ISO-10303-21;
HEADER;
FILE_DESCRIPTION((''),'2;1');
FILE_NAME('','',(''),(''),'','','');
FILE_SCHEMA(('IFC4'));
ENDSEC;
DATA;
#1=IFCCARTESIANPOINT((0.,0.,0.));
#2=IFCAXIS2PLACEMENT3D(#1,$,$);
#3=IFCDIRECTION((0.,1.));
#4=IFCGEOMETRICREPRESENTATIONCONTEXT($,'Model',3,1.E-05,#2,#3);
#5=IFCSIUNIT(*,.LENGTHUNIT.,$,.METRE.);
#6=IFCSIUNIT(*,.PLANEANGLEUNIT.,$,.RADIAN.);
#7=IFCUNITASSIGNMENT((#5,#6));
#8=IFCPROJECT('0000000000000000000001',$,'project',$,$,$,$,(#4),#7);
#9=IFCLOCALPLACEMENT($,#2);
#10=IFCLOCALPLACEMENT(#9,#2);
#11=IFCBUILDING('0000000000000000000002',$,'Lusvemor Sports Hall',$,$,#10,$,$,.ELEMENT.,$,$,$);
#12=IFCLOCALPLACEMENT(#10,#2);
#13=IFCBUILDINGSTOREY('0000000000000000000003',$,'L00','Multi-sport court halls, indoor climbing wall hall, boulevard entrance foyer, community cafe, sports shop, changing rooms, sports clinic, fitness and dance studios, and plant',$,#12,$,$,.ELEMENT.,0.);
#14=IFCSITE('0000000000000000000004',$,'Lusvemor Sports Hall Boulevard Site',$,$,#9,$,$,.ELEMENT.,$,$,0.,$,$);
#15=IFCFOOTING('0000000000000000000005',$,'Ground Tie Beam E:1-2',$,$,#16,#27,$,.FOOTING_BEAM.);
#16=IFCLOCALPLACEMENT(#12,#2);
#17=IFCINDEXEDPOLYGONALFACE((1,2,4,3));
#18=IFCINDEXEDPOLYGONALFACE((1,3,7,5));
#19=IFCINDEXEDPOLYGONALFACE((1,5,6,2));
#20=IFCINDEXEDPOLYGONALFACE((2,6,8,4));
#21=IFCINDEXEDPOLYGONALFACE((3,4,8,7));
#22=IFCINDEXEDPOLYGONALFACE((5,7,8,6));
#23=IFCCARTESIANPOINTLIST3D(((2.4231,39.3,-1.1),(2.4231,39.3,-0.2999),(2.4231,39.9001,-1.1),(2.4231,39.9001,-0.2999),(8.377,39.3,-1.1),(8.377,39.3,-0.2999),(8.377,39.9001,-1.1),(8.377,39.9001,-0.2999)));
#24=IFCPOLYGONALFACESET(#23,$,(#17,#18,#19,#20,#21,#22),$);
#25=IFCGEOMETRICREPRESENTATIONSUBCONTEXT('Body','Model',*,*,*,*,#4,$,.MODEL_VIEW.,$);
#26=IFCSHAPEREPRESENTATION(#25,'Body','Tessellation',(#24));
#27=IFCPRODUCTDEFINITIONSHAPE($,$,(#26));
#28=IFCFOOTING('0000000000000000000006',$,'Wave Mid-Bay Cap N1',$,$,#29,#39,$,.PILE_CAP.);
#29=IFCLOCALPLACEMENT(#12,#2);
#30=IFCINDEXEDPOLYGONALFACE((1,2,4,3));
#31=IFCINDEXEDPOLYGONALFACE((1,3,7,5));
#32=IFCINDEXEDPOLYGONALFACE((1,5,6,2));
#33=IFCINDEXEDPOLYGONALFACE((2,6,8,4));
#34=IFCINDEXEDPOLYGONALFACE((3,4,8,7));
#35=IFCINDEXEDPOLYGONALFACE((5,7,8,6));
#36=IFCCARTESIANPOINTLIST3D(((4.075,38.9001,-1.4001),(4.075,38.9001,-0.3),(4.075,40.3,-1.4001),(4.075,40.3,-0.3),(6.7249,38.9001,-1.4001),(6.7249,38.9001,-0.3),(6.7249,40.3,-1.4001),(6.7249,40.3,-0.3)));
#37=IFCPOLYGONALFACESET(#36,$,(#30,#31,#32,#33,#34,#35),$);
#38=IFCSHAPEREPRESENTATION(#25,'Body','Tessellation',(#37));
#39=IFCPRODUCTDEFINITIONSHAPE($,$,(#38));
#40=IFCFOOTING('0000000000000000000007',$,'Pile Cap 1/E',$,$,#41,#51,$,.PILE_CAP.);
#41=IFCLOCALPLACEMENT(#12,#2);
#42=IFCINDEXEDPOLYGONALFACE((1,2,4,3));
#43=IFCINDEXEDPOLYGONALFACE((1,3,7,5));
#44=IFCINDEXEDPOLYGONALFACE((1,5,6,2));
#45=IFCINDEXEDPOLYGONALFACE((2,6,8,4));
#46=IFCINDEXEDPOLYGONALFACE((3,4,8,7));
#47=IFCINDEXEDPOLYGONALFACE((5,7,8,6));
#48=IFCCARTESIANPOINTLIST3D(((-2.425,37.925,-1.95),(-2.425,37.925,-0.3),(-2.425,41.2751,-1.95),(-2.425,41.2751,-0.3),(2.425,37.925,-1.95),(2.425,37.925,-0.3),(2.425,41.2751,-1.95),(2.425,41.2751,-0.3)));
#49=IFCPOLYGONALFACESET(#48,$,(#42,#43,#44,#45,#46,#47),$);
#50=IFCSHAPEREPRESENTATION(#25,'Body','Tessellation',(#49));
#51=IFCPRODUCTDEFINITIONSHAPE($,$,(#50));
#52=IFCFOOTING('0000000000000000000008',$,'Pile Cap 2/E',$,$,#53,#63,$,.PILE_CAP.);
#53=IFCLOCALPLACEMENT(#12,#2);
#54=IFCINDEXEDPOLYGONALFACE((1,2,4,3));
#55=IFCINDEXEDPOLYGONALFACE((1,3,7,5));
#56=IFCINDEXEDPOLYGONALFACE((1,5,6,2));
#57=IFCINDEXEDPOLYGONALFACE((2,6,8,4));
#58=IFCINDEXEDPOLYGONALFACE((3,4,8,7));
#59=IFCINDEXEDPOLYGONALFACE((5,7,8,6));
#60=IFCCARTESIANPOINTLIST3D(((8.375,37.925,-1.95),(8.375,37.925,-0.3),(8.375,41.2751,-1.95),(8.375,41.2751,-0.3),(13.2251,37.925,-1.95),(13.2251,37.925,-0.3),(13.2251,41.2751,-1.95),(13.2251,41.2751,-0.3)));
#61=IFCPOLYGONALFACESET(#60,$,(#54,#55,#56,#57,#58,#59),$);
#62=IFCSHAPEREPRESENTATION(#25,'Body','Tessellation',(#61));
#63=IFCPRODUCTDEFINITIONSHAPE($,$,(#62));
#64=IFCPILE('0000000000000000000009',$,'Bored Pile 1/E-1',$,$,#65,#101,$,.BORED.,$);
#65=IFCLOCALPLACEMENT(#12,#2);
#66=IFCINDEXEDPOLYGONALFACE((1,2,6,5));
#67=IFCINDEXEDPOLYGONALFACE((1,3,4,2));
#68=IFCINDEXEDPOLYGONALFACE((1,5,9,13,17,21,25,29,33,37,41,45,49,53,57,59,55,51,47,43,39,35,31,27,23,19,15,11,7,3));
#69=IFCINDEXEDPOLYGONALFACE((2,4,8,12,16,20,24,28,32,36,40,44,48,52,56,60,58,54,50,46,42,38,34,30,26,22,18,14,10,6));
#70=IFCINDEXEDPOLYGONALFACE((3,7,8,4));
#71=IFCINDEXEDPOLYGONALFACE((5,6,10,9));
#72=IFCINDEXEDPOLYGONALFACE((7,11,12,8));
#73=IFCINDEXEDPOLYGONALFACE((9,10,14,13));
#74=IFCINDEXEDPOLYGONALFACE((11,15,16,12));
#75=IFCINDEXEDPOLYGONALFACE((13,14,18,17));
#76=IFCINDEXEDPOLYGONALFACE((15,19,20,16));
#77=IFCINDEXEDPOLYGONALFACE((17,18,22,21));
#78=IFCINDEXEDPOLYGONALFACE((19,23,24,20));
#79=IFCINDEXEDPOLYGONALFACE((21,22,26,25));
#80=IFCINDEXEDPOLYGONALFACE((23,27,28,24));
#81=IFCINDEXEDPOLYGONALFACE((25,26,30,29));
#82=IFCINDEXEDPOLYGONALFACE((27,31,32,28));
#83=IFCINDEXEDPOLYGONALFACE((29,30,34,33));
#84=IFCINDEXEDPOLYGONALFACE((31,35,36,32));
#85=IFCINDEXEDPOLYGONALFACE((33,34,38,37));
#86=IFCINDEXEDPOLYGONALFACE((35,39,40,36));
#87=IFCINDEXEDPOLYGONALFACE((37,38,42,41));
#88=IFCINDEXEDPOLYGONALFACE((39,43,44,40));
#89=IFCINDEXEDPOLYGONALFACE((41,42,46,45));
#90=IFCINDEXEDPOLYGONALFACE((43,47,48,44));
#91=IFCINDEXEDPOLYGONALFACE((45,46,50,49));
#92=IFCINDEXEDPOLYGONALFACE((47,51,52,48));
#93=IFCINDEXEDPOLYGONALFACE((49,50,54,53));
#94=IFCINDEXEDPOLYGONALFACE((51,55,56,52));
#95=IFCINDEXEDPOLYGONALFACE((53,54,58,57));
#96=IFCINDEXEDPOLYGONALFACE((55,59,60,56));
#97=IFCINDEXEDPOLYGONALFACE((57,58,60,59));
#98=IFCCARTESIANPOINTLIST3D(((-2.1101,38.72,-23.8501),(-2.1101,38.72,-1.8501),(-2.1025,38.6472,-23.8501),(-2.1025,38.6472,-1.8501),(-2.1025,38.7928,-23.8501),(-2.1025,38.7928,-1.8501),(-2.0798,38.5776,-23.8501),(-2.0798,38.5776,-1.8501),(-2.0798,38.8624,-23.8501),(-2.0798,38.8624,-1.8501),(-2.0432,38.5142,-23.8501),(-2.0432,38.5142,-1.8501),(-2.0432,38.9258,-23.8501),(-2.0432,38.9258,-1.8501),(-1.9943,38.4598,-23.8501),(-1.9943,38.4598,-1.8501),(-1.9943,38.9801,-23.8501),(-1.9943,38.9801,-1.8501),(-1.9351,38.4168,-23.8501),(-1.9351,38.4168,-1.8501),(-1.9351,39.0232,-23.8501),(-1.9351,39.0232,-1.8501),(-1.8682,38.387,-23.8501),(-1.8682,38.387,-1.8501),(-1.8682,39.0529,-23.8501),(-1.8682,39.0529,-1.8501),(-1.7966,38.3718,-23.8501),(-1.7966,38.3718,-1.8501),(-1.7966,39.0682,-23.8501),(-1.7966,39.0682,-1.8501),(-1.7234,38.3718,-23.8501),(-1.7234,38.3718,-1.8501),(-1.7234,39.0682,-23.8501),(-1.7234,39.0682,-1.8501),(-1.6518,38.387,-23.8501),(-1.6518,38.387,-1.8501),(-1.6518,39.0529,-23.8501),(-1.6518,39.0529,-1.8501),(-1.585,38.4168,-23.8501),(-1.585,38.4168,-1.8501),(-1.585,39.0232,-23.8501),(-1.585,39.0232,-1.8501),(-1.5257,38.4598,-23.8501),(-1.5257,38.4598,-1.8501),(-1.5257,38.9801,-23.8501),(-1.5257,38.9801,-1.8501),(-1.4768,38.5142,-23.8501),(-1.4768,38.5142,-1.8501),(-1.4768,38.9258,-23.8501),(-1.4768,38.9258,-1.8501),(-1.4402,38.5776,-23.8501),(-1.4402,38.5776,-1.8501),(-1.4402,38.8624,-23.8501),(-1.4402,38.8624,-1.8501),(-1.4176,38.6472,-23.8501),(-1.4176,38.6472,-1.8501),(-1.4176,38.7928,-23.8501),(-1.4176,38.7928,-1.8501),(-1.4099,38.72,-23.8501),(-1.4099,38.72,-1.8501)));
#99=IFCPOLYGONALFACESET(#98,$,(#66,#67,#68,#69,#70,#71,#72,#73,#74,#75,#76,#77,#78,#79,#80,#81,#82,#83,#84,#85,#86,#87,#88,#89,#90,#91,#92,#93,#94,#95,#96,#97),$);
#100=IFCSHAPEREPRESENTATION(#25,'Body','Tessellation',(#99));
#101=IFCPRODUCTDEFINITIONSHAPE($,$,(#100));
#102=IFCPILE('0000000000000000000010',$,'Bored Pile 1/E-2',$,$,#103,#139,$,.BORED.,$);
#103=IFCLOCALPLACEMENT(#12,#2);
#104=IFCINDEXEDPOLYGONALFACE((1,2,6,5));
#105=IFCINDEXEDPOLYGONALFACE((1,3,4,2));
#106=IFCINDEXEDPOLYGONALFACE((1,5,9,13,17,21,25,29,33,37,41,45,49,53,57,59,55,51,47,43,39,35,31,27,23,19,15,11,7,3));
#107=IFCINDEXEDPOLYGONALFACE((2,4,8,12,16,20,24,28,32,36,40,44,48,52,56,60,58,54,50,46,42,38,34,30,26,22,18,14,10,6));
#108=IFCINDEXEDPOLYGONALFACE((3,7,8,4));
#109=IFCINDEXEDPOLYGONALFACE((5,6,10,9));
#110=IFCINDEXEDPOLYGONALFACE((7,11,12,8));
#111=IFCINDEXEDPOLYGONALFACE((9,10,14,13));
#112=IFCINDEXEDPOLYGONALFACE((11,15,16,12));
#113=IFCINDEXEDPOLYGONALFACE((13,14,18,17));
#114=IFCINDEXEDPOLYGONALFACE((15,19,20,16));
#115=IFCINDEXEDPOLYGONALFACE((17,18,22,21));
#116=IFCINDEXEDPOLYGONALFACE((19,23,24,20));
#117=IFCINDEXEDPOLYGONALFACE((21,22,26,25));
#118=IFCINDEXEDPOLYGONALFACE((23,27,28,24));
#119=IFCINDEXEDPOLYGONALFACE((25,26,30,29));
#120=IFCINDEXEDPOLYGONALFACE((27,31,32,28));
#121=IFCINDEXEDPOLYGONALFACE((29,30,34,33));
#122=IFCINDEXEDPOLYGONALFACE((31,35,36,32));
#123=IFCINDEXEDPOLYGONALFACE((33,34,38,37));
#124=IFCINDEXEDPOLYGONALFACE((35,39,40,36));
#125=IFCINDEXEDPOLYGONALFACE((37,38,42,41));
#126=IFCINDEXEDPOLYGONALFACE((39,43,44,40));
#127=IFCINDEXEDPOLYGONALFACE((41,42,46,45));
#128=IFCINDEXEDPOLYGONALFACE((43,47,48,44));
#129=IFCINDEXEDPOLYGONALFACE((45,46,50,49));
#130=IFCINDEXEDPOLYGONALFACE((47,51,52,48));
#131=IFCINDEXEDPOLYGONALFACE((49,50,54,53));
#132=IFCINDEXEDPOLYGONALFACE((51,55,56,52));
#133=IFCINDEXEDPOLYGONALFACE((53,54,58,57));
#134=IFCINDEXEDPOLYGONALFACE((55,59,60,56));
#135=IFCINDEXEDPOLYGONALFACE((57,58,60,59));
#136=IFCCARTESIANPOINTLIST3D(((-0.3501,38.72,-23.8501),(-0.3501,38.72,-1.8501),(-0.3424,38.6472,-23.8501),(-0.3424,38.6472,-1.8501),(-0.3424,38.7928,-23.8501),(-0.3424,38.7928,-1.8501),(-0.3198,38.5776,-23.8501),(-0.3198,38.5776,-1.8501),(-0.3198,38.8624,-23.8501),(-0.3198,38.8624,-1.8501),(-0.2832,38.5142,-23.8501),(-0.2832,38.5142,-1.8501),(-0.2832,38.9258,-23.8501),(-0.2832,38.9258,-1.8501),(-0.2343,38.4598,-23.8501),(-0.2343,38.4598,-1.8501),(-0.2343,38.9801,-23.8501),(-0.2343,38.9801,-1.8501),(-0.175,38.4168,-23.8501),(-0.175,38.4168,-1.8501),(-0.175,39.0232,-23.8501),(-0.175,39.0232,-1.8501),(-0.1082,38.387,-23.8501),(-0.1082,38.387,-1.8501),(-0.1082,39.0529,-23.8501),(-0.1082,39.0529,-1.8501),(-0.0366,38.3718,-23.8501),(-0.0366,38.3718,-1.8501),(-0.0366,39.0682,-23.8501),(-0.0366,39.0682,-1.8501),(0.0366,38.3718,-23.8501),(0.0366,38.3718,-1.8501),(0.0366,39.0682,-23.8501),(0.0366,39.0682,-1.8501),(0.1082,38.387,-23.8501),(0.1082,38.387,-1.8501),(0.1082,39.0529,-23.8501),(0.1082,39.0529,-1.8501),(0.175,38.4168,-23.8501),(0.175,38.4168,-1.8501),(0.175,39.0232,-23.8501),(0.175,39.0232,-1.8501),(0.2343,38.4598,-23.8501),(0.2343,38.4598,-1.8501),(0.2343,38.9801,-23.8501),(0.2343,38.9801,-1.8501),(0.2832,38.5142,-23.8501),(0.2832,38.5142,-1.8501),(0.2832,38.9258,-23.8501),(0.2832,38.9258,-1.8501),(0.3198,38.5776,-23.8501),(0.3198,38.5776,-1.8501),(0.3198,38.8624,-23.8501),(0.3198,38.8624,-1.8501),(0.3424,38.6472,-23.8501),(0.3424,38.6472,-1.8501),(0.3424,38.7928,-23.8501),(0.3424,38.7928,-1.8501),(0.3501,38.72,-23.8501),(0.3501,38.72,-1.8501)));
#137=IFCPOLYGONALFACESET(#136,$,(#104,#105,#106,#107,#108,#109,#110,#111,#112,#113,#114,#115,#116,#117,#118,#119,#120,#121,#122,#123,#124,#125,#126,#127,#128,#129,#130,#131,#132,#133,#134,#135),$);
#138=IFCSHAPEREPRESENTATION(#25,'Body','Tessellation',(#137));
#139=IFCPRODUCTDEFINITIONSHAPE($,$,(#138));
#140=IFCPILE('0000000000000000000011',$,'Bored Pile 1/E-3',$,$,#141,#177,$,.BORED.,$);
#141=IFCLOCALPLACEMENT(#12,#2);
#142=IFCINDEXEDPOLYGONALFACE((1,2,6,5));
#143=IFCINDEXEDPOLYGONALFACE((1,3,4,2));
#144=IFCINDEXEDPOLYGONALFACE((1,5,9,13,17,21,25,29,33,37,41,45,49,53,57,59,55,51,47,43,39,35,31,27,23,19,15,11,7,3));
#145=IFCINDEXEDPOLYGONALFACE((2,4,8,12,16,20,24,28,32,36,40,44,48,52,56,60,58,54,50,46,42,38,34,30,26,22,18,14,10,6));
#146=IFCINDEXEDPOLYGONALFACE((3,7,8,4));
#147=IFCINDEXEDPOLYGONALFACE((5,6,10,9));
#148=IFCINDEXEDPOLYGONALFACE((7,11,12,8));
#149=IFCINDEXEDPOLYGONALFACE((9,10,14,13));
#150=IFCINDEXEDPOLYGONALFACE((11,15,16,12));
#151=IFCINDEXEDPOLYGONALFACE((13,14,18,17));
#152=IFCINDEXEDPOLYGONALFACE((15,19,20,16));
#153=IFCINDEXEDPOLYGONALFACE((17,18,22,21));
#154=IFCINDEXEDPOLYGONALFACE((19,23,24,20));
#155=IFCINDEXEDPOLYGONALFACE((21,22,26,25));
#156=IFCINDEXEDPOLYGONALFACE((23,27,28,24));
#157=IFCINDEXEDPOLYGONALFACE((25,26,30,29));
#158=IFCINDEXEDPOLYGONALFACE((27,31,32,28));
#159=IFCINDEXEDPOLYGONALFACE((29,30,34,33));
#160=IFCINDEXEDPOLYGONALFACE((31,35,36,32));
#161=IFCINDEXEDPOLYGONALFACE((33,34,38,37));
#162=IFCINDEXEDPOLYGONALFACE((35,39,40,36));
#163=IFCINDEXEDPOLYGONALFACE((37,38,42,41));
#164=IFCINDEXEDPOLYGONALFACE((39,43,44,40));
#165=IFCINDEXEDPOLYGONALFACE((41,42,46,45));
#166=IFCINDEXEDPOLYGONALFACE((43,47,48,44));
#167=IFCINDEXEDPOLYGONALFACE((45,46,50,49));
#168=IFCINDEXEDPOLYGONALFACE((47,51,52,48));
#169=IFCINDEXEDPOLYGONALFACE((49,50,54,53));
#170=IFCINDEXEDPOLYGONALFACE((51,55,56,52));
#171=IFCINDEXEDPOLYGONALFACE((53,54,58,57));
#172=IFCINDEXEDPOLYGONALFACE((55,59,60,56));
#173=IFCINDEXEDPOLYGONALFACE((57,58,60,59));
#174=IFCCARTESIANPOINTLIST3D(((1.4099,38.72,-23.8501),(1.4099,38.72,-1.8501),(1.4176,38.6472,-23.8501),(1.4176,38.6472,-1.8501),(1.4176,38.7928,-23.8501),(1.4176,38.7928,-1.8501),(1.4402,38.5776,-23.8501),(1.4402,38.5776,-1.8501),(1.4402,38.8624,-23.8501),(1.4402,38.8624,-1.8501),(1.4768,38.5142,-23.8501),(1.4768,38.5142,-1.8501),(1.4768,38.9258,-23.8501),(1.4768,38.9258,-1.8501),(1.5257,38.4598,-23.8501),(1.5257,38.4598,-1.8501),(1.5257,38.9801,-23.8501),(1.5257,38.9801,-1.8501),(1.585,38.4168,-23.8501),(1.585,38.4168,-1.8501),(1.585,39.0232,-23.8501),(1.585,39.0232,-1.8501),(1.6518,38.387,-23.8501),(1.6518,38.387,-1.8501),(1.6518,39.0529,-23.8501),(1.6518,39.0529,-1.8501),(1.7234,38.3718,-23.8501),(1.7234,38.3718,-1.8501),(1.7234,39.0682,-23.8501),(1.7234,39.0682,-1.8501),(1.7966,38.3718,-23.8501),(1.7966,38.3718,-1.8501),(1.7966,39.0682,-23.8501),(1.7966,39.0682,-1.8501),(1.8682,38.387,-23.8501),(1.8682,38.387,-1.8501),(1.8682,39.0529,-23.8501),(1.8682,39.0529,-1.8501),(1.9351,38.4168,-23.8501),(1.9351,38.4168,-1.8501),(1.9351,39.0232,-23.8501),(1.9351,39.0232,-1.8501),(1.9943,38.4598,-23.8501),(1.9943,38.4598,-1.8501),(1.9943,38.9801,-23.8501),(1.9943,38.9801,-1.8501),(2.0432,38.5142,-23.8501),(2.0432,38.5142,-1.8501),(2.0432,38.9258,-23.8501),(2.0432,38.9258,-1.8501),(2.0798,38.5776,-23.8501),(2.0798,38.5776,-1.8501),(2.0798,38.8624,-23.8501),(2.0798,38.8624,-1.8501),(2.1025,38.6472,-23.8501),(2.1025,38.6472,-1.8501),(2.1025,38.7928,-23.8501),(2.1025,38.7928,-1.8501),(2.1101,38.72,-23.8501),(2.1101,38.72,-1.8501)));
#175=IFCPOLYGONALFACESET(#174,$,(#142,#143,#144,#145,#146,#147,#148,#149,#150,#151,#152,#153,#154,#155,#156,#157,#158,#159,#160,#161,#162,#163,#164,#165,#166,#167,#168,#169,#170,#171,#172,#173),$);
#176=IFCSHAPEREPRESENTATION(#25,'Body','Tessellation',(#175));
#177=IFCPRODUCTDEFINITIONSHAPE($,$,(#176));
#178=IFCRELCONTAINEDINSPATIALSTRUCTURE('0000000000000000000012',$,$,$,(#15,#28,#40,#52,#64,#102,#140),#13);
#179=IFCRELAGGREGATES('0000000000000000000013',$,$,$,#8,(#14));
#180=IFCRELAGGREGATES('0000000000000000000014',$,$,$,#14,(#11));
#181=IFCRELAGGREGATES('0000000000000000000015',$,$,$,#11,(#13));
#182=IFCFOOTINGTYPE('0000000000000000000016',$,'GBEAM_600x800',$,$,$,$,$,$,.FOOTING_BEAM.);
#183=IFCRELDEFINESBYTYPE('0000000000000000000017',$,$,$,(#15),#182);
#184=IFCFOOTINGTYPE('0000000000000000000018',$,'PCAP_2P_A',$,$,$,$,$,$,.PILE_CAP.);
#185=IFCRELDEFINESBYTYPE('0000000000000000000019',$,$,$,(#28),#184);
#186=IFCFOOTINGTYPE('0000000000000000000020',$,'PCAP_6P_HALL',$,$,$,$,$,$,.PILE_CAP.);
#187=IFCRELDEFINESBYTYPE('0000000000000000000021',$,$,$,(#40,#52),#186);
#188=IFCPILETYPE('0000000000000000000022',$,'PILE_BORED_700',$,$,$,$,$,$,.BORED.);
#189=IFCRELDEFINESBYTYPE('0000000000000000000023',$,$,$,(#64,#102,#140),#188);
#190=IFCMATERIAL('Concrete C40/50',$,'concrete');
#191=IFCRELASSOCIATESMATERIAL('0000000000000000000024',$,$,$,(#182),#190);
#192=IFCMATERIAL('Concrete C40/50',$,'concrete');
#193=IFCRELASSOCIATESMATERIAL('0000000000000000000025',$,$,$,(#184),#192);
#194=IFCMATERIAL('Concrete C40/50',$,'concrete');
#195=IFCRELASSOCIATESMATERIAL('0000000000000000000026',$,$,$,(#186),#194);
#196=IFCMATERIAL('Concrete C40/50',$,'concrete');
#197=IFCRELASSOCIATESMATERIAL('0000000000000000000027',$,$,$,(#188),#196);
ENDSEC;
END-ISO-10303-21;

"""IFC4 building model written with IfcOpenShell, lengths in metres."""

from ifc_helpers import new_model, si_unit, direction, frame, origin, origin_2d, place, context, subcontext, project, spatial, rectangle, circle, extrude, material, material_profile, profile_set, type_object, element, save


model = new_model("IFC4")

# Units and contexts
model_context = context("Model", 3, precision=1e-05, world=origin(), true_north=direction((0.0, 1.0)))
body_context = subcontext(model_context, "Body", "Model", "MODEL_VIEW")
ifc_project = project(units=[si_unit("LENGTHUNIT", "METRE"), si_unit("PLANEANGLEUNIT", "RADIAN")], contexts=[model_context])

# Site, building, storey
site_placement = place(None, origin())
site = spatial("IfcSite", under=ifc_project, at=site_placement, Name="Lusvemor Sports Hall Boulevard Site", CompositionType="ELEMENT", RefElevation=0.0)
building_placement = place(site_placement, origin())
building = spatial("IfcBuilding", under=site, at=building_placement, Name="Lusvemor Sports Hall", CompositionType="ELEMENT")
storey_placement = place(building_placement, origin())
storey = spatial("IfcBuildingStorey", under=building, at=storey_placement, Name="L00", Description="Multi-sport court halls, indoor climbing wall hall, boulevard entrance foyer, community cafe, sports shop, changing rooms, sports clinic, fitness and dance studios, and plant", CompositionType="ELEMENT", Elevation=0.0)

# Footings
ifc_material_1 = material(Name="Concrete C40/50", Category="concrete")
ifc_material_profile_1 = material_profile(ifc_material_1, rectangle(XDim=0.6001, YDim=0.8, at=origin_2d()), Name="GB_600x800")
ifc_profile_set_1 = profile_set([ifc_material_profile_1], Name="Concrete C40/50")
footing_type_1 = type_object("IfcFootingType", Name="GBEAM_600x800", PredefinedType="FOOTING_BEAM", material=ifc_profile_set_1)
footing_1_placement = place(storey_placement, frame((2.4231, 39.6001, -0.7), z_axis=(1.0, 0.0, 0.0), x_axis=(0.0, 1.0, 0.0)))
element("IfcFooting", 1, at=footing_1_placement, inside=storey, type_object=footing_type_1, Name="Ground Tie Beam E:1-2", PredefinedType="FOOTING_BEAM", context=body_context, shape_type="SweptSolid", body=[
    extrude(rectangle(XDim=0.6001, YDim=0.8, at=origin_2d()), origin(), (0.0, 0.0, 1.0), 5.9539),
])
ifc_material_2 = material(Name="Concrete C40/50", Category="concrete")
footing_type_2 = type_object("IfcFootingType", Name="PCAP_2P_A", PredefinedType="PILE_CAP", material=ifc_material_2)
footing_2_placement = place(storey_placement, frame((5.3999, 39.6001, -1.4001), z_axis=(0.0, 0.0, 1.0), x_axis=(1.0, 0.0, 0.0)))
element("IfcFooting", 2, at=footing_2_placement, inside=storey, type_object=footing_type_2, Name="Wave Mid-Bay Cap N1", PredefinedType="PILE_CAP", context=body_context, shape_type="SweptSolid", body=[
    extrude(rectangle(XDim=2.6499, YDim=1.3999, at=origin_2d()), origin(), (0.0, 0.0, 1.0), 1.1001),
])
ifc_material_3 = material(Name="Concrete C40/50", Category="concrete")
footing_type_3 = type_object("IfcFootingType", Name="PCAP_6P_HALL", PredefinedType="PILE_CAP", material=ifc_material_3)
for number, where, z_axis, x_axis, name in (
    (3, (0.0, 39.6001, -1.95), (0.0, 0.0, 1.0), (1.0, 0.0, 0.0), "Pile Cap 1/E"),
    (4, (10.8, 39.6001, -1.95), (0.0, 0.0, 1.0), (1.0, 0.0, 0.0), "Pile Cap 2/E"),
):
    element("IfcFooting", number, at=place(storey_placement, frame(where, z_axis=z_axis, x_axis=x_axis)), inside=storey, type_object=footing_type_3, Name=name, PredefinedType="PILE_CAP", context=body_context, shape_type="SweptSolid", body=[
        extrude(rectangle(XDim=4.8501, YDim=3.3501, at=origin_2d()), origin(), (0.0, 0.0, 1.0), 1.6499),
    ])

# Piles
ifc_material_4 = material(Name="Concrete C40/50", Category="concrete")
ifc_material_profile_2 = material_profile(ifc_material_4, circle(Radius=0.3501, at=origin_2d()), Name="PILE700")
ifc_profile_set_2 = profile_set([ifc_material_profile_2], Name="Concrete C40/50")
pile_type = type_object("IfcPileType", Name="PILE_BORED_700", PredefinedType="BORED", material=ifc_profile_set_2)
for number, where, z_axis, x_axis, name in (
    (5, (-1.76, 38.72, -1.8501), (0.0, 0.0, -1.0), (1.0, 0.0, 0.0), "Bored Pile 1/E-1"),
    (6, (0.0, 38.72, -1.8501), (0.0, 0.0, -1.0), (1.0, 0.0, 0.0), "Bored Pile 1/E-2"),
    (7, (1.76, 38.72, -1.8501), (0.0, 0.0, -1.0), (1.0, 0.0, 0.0), "Bored Pile 1/E-3"),
):
    element("IfcPile", number, at=place(storey_placement, frame(where, z_axis=z_axis, x_axis=x_axis)), inside=storey, type_object=pile_type, Name=name, PredefinedType="BORED", context=body_context, shape_type="SweptSolid", body=[
        extrude(circle(Radius=0.3501, at=origin_2d()), origin(), (0.0, 0.0, 1.0), 22.0),
    ])

save(model, "model.ifc")
